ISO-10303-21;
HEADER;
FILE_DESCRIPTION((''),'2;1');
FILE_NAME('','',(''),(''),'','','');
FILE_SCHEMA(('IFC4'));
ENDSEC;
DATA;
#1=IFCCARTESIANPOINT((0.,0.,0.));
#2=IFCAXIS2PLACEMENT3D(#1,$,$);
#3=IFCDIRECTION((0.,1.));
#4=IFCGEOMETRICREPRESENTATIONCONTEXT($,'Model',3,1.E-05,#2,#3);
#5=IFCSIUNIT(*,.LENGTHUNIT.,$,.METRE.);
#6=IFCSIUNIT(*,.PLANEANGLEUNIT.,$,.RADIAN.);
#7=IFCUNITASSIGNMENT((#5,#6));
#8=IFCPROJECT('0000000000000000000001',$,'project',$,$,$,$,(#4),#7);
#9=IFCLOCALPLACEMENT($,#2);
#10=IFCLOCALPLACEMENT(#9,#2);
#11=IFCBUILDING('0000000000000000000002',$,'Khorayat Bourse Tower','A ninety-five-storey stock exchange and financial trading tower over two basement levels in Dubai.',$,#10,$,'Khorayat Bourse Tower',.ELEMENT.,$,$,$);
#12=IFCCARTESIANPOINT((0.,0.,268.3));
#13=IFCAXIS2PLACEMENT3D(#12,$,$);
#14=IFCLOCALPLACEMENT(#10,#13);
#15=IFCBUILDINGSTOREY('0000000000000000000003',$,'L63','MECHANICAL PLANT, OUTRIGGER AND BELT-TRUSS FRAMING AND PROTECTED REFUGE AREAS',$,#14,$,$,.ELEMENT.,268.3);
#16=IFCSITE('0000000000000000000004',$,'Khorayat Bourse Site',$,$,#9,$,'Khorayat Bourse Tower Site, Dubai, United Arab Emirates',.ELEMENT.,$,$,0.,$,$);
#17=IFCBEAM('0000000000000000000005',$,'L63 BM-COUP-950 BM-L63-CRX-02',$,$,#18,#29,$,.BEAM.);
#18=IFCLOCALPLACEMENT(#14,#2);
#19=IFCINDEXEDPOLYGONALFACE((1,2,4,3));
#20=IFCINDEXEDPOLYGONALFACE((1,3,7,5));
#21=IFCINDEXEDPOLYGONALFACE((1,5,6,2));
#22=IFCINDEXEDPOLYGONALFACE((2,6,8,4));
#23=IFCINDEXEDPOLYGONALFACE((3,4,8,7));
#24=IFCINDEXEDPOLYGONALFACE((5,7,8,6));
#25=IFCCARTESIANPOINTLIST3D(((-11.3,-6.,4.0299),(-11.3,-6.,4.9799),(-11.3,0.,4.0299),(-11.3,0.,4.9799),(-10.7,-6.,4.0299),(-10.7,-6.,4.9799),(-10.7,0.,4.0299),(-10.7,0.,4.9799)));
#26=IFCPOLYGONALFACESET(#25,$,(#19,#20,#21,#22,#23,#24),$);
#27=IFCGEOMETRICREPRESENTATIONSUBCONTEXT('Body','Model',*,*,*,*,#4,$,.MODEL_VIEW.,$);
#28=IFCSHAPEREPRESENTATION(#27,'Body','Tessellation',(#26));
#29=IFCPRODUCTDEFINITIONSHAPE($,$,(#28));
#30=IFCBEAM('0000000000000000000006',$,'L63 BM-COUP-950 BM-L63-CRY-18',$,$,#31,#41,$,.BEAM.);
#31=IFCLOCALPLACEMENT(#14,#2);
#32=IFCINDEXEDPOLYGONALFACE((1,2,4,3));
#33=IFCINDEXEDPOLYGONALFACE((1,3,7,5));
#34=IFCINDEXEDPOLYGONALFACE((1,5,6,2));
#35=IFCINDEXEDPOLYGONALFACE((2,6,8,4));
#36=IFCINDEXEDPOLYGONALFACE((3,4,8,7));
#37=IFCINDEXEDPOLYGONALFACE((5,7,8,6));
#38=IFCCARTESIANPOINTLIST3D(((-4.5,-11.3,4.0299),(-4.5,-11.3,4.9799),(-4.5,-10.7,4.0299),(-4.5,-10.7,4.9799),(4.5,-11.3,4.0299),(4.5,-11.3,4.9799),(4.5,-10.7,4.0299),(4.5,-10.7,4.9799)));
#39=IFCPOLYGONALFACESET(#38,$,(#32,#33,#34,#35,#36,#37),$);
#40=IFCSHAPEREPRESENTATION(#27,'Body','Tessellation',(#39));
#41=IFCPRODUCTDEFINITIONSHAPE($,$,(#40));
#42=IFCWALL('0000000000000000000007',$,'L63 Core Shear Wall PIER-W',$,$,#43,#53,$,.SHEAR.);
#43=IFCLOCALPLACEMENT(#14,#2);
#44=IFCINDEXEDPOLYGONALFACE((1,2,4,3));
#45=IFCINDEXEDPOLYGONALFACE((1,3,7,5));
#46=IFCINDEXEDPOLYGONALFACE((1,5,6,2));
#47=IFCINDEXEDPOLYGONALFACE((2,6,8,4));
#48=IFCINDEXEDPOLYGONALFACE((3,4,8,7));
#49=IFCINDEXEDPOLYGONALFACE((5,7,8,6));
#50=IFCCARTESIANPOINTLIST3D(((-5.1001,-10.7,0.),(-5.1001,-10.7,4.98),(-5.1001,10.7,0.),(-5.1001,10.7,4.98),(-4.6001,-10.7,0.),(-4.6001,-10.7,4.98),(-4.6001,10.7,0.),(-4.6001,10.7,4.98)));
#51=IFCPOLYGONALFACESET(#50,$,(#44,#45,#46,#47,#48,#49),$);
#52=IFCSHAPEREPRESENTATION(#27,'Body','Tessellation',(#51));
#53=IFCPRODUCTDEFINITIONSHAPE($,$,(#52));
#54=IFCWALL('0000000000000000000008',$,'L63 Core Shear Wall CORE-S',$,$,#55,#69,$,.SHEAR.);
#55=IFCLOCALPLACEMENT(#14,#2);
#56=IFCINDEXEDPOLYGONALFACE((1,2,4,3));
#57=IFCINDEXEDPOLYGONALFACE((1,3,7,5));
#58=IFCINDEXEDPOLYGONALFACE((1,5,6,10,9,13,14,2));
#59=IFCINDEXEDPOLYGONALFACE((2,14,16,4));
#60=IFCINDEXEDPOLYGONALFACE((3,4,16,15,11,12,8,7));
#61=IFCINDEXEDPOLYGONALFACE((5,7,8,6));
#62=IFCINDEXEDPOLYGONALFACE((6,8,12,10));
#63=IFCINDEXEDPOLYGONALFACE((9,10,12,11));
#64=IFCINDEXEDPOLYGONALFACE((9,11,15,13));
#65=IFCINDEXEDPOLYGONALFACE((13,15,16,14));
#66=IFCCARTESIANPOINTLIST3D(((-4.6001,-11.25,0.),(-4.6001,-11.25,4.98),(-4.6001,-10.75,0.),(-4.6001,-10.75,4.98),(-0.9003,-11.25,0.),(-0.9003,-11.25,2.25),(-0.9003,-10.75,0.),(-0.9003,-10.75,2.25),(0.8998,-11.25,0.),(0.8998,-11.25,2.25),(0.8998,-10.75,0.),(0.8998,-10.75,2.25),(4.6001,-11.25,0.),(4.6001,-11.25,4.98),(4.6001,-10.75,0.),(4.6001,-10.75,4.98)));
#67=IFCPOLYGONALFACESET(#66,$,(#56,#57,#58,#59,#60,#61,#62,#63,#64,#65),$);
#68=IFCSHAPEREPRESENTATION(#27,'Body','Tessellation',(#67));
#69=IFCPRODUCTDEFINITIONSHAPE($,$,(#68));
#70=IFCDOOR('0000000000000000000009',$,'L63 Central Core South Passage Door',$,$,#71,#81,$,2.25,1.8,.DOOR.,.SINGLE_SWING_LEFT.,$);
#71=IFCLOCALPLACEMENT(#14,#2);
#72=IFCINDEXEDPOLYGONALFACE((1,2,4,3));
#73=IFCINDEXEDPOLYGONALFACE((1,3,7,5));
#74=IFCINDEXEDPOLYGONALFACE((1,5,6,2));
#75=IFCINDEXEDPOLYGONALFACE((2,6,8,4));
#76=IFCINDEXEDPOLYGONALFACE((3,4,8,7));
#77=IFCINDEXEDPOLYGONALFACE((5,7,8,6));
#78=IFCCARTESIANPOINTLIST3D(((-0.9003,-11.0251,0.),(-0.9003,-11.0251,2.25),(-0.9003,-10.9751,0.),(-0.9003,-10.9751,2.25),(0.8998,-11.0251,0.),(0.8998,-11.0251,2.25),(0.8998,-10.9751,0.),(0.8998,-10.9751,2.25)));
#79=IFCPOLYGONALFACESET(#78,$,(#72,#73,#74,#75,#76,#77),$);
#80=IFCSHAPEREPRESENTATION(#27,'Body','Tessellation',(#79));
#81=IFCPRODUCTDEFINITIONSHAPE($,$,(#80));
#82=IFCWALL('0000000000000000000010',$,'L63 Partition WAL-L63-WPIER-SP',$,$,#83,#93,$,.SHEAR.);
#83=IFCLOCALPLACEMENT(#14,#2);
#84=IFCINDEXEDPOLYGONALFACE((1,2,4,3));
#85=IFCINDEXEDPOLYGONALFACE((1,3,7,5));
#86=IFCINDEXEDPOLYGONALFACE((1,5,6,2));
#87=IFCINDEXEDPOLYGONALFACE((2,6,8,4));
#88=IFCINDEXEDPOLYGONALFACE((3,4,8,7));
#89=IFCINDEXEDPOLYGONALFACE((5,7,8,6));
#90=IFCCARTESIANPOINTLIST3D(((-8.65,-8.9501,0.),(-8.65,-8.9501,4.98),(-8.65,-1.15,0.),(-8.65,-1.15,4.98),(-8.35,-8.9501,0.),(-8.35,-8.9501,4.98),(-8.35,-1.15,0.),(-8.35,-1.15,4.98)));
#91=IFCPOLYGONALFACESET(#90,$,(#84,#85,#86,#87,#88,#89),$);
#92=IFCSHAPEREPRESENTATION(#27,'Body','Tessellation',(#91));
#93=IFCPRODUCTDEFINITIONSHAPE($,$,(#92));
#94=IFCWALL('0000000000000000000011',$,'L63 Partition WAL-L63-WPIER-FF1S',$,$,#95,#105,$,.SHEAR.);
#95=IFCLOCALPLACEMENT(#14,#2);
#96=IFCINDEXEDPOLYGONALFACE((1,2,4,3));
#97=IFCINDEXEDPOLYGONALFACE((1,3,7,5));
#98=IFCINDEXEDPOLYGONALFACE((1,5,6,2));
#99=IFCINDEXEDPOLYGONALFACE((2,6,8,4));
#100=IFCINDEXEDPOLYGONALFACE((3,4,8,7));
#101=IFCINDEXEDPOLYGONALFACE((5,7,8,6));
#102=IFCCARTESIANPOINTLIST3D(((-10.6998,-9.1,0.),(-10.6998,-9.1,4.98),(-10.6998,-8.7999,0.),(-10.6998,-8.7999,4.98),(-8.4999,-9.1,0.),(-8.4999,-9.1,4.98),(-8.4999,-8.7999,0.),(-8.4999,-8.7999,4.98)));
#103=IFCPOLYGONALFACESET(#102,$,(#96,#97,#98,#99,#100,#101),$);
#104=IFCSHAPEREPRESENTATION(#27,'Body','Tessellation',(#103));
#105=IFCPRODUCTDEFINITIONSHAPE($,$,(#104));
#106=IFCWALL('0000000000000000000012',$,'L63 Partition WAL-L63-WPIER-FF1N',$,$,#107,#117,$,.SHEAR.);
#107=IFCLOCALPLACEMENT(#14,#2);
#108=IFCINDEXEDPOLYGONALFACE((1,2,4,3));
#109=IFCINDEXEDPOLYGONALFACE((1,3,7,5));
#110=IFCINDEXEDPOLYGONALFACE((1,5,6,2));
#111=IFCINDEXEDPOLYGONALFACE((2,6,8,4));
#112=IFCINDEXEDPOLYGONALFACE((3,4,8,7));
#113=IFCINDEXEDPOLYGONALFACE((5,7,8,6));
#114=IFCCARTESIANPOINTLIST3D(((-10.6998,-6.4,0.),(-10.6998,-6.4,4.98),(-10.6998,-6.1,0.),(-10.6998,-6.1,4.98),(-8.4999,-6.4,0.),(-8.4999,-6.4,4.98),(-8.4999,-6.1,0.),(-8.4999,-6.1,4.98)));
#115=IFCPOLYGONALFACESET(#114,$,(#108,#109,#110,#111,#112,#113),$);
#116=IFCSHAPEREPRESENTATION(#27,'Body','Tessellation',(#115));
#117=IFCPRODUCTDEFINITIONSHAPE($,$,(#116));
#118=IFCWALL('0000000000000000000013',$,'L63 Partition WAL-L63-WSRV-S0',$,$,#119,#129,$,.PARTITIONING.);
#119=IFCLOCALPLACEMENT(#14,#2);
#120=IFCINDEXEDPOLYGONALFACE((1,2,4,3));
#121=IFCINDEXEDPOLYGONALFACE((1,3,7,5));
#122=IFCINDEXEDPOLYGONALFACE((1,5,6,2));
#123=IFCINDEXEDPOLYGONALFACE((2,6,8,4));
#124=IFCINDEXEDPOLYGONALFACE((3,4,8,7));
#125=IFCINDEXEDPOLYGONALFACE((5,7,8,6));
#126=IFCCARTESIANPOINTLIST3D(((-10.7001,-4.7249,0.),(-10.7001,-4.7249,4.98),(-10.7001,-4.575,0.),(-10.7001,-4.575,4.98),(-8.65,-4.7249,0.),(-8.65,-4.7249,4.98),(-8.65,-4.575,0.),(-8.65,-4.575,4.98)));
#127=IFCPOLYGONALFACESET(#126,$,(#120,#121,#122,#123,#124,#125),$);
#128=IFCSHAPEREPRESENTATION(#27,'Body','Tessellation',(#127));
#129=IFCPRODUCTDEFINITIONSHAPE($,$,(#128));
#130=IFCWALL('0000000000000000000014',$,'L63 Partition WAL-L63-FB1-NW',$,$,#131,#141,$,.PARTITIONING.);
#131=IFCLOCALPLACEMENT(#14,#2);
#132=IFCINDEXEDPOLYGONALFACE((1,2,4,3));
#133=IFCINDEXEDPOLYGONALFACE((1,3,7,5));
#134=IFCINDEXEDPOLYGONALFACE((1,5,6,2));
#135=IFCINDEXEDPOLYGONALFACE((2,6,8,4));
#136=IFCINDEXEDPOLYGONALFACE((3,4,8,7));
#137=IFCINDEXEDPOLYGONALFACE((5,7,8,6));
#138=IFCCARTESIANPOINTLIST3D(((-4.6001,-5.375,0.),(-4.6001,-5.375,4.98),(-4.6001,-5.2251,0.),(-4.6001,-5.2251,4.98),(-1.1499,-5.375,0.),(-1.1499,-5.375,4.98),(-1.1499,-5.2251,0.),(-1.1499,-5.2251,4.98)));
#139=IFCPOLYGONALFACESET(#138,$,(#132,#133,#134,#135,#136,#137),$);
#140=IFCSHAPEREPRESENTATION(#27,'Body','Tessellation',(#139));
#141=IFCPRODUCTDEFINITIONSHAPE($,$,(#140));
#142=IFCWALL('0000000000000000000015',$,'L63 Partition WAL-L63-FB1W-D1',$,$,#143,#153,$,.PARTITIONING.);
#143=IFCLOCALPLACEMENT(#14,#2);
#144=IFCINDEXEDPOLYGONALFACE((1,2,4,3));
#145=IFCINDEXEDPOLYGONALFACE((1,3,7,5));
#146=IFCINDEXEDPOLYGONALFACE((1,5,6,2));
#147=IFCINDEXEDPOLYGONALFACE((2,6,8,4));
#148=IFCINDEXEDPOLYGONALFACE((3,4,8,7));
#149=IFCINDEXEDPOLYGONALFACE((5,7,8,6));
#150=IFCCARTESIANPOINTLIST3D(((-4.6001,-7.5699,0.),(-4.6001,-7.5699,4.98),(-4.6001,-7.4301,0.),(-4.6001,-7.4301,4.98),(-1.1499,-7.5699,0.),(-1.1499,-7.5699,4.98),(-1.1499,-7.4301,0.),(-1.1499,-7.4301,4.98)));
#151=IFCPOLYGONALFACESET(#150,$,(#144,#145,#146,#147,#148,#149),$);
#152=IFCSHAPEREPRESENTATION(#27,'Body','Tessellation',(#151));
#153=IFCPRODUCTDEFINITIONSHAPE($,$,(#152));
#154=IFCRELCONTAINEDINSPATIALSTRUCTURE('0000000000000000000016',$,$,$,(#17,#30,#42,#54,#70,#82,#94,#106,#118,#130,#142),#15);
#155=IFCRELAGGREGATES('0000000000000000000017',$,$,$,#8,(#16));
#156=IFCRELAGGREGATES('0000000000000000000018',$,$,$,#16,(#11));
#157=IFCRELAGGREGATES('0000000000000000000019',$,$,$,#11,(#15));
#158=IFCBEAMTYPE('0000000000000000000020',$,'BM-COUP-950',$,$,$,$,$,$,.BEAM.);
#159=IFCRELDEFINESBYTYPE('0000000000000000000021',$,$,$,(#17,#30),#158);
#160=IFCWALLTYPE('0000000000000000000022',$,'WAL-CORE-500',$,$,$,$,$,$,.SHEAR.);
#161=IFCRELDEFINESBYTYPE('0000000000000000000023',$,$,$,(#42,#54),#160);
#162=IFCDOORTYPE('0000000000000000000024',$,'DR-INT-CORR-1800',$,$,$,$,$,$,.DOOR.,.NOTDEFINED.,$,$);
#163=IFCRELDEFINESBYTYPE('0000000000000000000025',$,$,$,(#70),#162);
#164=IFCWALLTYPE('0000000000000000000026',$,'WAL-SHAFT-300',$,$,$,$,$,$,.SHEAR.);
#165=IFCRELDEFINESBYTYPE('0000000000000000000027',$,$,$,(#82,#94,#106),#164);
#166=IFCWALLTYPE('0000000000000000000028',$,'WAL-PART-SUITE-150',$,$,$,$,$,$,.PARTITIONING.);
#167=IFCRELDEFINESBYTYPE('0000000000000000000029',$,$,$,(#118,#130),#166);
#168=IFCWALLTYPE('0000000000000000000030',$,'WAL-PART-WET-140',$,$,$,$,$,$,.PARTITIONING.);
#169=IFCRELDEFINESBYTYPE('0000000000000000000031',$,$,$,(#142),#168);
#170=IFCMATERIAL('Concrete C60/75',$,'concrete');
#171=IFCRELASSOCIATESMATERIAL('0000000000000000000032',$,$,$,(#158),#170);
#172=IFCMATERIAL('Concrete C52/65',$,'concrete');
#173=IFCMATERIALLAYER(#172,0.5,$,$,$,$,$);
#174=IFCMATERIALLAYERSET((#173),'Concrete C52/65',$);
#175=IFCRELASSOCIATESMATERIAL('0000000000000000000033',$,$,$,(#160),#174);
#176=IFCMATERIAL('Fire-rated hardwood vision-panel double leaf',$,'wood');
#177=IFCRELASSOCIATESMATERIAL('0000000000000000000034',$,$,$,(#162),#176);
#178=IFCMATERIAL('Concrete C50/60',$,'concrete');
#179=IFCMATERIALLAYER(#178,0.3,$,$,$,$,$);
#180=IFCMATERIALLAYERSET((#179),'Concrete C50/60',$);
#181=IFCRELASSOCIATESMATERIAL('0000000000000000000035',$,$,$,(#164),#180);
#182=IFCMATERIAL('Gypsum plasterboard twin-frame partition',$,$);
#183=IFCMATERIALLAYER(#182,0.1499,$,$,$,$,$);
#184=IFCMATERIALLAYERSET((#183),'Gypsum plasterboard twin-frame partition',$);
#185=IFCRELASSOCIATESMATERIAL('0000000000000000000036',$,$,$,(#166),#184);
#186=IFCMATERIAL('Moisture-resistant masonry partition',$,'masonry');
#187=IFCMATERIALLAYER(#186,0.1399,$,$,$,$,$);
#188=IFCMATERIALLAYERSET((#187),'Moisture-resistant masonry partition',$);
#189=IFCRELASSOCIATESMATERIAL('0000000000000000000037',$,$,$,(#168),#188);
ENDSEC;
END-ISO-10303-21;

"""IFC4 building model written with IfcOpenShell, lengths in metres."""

from ifc_helpers import new_model, si_unit, direction, frame, frame_2d, origin, origin_2d, place, context, subcontext, project, spatial, rectangle, extrude, source, transform, mapped, material, layer, layer_set, material_profile, profile_set, type_object, element, fill, save


model = new_model("IFC4")

# Units and contexts
model_context = context("Model", 3, precision=1e-05, world=origin(), true_north=direction((0.0, 1.0)))
body_context = subcontext(model_context, "Body", "Model", "MODEL_VIEW")
ifc_project = project(units=[si_unit("LENGTHUNIT", "METRE"), si_unit("PLANEANGLEUNIT", "RADIAN")], contexts=[model_context])

# Site, building, storey
site_placement = place(None, origin())
site = spatial("IfcSite", under=ifc_project, at=site_placement, Name="Khorayat Bourse Site", LongName="Khorayat Bourse Tower Site, Dubai, United Arab Emirates", CompositionType="ELEMENT", RefElevation=0.0)
building_placement = place(site_placement, origin())
building = spatial("IfcBuilding", under=site, at=building_placement, Name="Khorayat Bourse Tower", Description="A ninety-five-storey stock exchange and financial trading tower over two basement levels in Dubai.", LongName="Khorayat Bourse Tower", CompositionType="ELEMENT")
storey_placement = place(building_placement, frame((0.0, 0.0, 268.3)))
storey = spatial("IfcBuildingStorey", under=building, at=storey_placement, Name="L63", Description="MECHANICAL PLANT, OUTRIGGER AND BELT-TRUSS FRAMING AND PROTECTED REFUGE AREAS", CompositionType="ELEMENT", Elevation=268.3)

# Shared definitions
ifc_material_1 = material(Name="Concrete C52/65", Category="concrete")

# Beams
ifc_material_2 = material(Name="Concrete C60/75", Category="concrete")
ifc_material_profile_1 = material_profile(ifc_material_2, rectangle(XDim=0.6001, YDim=0.95, at=origin_2d()), Name="RC 600x950")
ifc_profile_set_1 = profile_set([ifc_material_profile_1], Name="Concrete C60/75")
beam_type_1 = type_object("IfcBeamType", Name="BM-COUP-950", PredefinedType="BEAM", material=ifc_profile_set_1)
shared_shape_1 = source(origin(), body_context, "Body", "SweptSolid", [
    extrude(rectangle(XDim=0.6001, YDim=0.95, at=origin_2d()), origin(), (0.0, 0.0, 1.0), 6.0),
])
beam_1_placement = place(storey_placement, frame((-11.0, -6.0, 4.5049), z_axis=(0.0, 1.0, 0.0), x_axis=(-1.0, 0.0, 0.0)))
element("IfcBeam", 1, at=beam_1_placement, inside=storey, type_object=beam_type_1, Name="L63 BM-COUP-950 BM-L63-CRX-02", PredefinedType="BEAM", context=body_context, shape_type="MappedRepresentation", body=[
    mapped(shared_shape_1, transform((0.0, 0.0, 0.0), scale=1.0)),
])
shared_shape_2 = source(origin(), body_context, "Body", "SweptSolid", [
    extrude(rectangle(XDim=0.6001, YDim=0.95, at=origin_2d()), origin(), (0.0, 0.0, 1.0), 9.0),
])
beam_2_placement = place(storey_placement, frame((-4.5, -11.0, 4.5049), z_axis=(1.0, 0.0, 0.0), x_axis=(0.0, 1.0, 0.0)))
element("IfcBeam", 2, at=beam_2_placement, inside=storey, type_object=beam_type_1, Name="L63 BM-COUP-950 BM-L63-CRY-18", PredefinedType="BEAM", context=body_context, shape_type="MappedRepresentation", body=[
    mapped(shared_shape_2, transform((0.0, 0.0, 0.0), scale=1.0)),
])

# Wall
ifc_layer_1 = layer(ifc_material_1, 0.5)
ifc_layer_set_1 = layer_set([ifc_layer_1], Name="Concrete C52/65")
wall_type_1 = type_object("IfcWallType", Name="WAL-CORE-500", PredefinedType="SHEAR", material=ifc_layer_set_1)
shared_shape_3 = source(origin(), body_context, "Body", "SweptSolid", [
    extrude(rectangle(XDim=21.3999, YDim=0.5, at=frame_2d((10.7, 0.0))), origin(), (0.0, 0.0, 1.0), 4.98),
])
wall_1_placement = place(storey_placement, frame((-4.8501, -10.7, 0.0), z_axis=(0.0, 0.0, 1.0), x_axis=(0.0, 1.0, 0.0)))
element("IfcWall", 3, at=wall_1_placement, inside=storey, type_object=wall_type_1, Name="L63 Core Shear Wall PIER-W", PredefinedType="SHEAR", context=body_context, shape_type="MappedRepresentation", body=[
    mapped(shared_shape_3, transform((0.0, 0.0, 0.0), scale=1.0)),
])

# Wall, opening, door
shared_shape_4 = source(origin(), body_context, "Body", "SweptSolid", [
    extrude(rectangle(XDim=9.2002, YDim=0.5, at=frame_2d((4.6001, 0.0))), origin(), (0.0, 0.0, 1.0), 4.98),
])
wall_2_placement = place(storey_placement, frame((-4.6001, -11.0, 0.0), z_axis=(0.0, 0.0, 1.0), x_axis=(1.0, 0.0, 0.0)))
wall_2 = element("IfcWall", 4, at=wall_2_placement, inside=storey, type_object=wall_type_1, Name="L63 Core Shear Wall CORE-S", PredefinedType="SHEAR", context=body_context, shape_type="MappedRepresentation", body=[
    mapped(shared_shape_4, transform((0.0, 0.0, 0.0), scale=1.0)),
])
shared_shape_5 = source(origin(), body_context, "Body", "SweptSolid", [
    extrude(rectangle(XDim=1.8, YDim=2.25, at=frame_2d((0.8999, 1.125))), frame((0.0, 0.26, 0.0), z_axis=(0.0, -1.0, 0.0), x_axis=(1.0, 0.0, 0.0)), (0.0, 0.0, 1.0), 0.52),
])
opening_placement = place(wall_2_placement, frame((3.7, 0.0, 0.0)))
opening = element("IfcOpeningElement", 5, at=opening_placement, cuts=wall_2, PredefinedType="OPENING", context=body_context, shape_type="MappedRepresentation", body=[
    mapped(shared_shape_5, transform((0.0, 0.0, 0.0), scale=1.0)),
])
ifc_material_3 = material(Name="Fire-rated hardwood vision-panel double leaf", Category="wood")
door_type = type_object("IfcDoorType", Name="DR-INT-CORR-1800", OperationType="NOTDEFINED", PredefinedType="DOOR", material=ifc_material_3)
shared_shape_6 = source(origin(), body_context, "Body", "SweptSolid", [
    extrude(rectangle(XDim=1.8, YDim=2.25, at=frame_2d((0.8999, 1.125))), frame((0.0, 0.0249, 0.0), z_axis=(0.0, -1.0, 0.0), x_axis=(1.0, 0.0, 0.0)), (0.0, 0.0, 1.0), 0.05),
])
door_placement = place(opening_placement, origin())
door = element("IfcDoor", 6, at=door_placement, inside=storey, type_object=door_type, Name="L63 Central Core South Passage Door", OperationType="SINGLE_SWING_LEFT", OverallHeight=2.25, OverallWidth=1.8, PredefinedType="DOOR", context=body_context, shape_type="MappedRepresentation", body=[
    mapped(shared_shape_6, transform((0.0, 0.0, 0.0), scale=1.0)),
])
fill(opening, door)

# Walls
ifc_material_4 = material(Name="Concrete C50/60", Category="concrete")
ifc_layer_2 = layer(ifc_material_4, 0.3)
ifc_layer_set_2 = layer_set([ifc_layer_2], Name="Concrete C50/60")
wall_type_2 = type_object("IfcWallType", Name="WAL-SHAFT-300", PredefinedType="SHEAR", material=ifc_layer_set_2)
shared_shape_7 = source(origin(), body_context, "Body", "SweptSolid", [
    extrude(rectangle(XDim=7.8, YDim=0.3, at=frame_2d((3.8999, 0.0))), origin(), (0.0, 0.0, 1.0), 4.98),
])
wall_3_placement = place(storey_placement, frame((-8.5, -8.95, 0.0), z_axis=(0.0, 0.0, 1.0), x_axis=(0.0, 1.0, 0.0)))
element("IfcWall", 7, at=wall_3_placement, inside=storey, type_object=wall_type_2, Name="L63 Partition WAL-L63-WPIER-SP", PredefinedType="SHEAR", context=body_context, shape_type="MappedRepresentation", body=[
    mapped(shared_shape_7, transform((0.0, 0.0, 0.0), scale=1.0)),
])
shared_shape_8 = source(origin(), body_context, "Body", "SweptSolid", [
    extrude(rectangle(XDim=2.2, YDim=0.3, at=frame_2d((1.1001, 0.0))), origin(), (0.0, 0.0, 1.0), 4.98),
])
for number, where, z_axis, x_axis, name in (
    (8, (-10.7, -8.95, 0.0), (0.0, 0.0, 1.0), (1.0, 0.0, 0.0), "L63 Partition WAL-L63-WPIER-FF1S"),
    (9, (-10.7, -6.25, 0.0), (0.0, 0.0, 1.0), (1.0, 0.0, 0.0), "L63 Partition WAL-L63-WPIER-FF1N"),
):
    element("IfcWall", number, at=place(storey_placement, frame(where, z_axis=z_axis, x_axis=x_axis)), inside=storey, type_object=wall_type_2, Name=name, PredefinedType="SHEAR", context=body_context, shape_type="MappedRepresentation", body=[
        mapped(shared_shape_8, transform((0.0, 0.0, 0.0), scale=1.0)),
    ])
ifc_material_5 = material(Name="Gypsum plasterboard twin-frame partition")
ifc_layer_3 = layer(ifc_material_5, 0.1499)
ifc_layer_set_3 = layer_set([ifc_layer_3], Name="Gypsum plasterboard twin-frame partition")
wall_type_3 = type_object("IfcWallType", Name="WAL-PART-SUITE-150", PredefinedType="PARTITIONING", material=ifc_layer_set_3)
shared_shape_9 = source(origin(), body_context, "Body", "SweptSolid", [
    extrude(rectangle(XDim=2.05, YDim=0.1499, at=frame_2d((1.0249, 0.0))), origin(), (0.0, 0.0, 1.0), 4.98),
])
wall_4_placement = place(storey_placement, frame((-10.7, -4.6499, 0.0), z_axis=(0.0, 0.0, 1.0), x_axis=(1.0, 0.0, 0.0)))
element("IfcWall", 10, at=wall_4_placement, inside=storey, type_object=wall_type_3, Name="L63 Partition WAL-L63-WSRV-S0", PredefinedType="PARTITIONING", context=body_context, shape_type="MappedRepresentation", body=[
    mapped(shared_shape_9, transform((0.0, 0.0, 0.0), scale=1.0)),
])
shared_shape_10 = source(origin(), body_context, "Body", "SweptSolid", [
    extrude(rectangle(XDim=3.4502, YDim=0.1499, at=frame_2d((1.7251, 0.0))), origin(), (0.0, 0.0, 1.0), 4.98),
])
wall_5_placement = place(storey_placement, frame((-4.6001, -5.3, 0.0), z_axis=(0.0, 0.0, 1.0), x_axis=(1.0, 0.0, 0.0)))
element("IfcWall", 11, at=wall_5_placement, inside=storey, type_object=wall_type_3, Name="L63 Partition WAL-L63-FB1-NW", PredefinedType="PARTITIONING", context=body_context, shape_type="MappedRepresentation", body=[
    mapped(shared_shape_10, transform((0.0, 0.0, 0.0), scale=1.0)),
])
ifc_material_6 = material(Name="Moisture-resistant masonry partition", Category="masonry")
ifc_layer_4 = layer(ifc_material_6, 0.1399)
ifc_layer_set_4 = layer_set([ifc_layer_4], Name="Moisture-resistant masonry partition")
wall_type_4 = type_object("IfcWallType", Name="WAL-PART-WET-140", PredefinedType="PARTITIONING", material=ifc_layer_set_4)
shared_shape_11 = source(origin(), body_context, "Body", "SweptSolid", [
    extrude(rectangle(XDim=3.4502, YDim=0.1399, at=frame_2d((1.7251, 0.0))), origin(), (0.0, 0.0, 1.0), 4.98),
])
wall_6_placement = place(storey_placement, frame((-4.6001, -7.5, 0.0), z_axis=(0.0, 0.0, 1.0), x_axis=(1.0, 0.0, 0.0)))
element("IfcWall", 12, at=wall_6_placement, inside=storey, type_object=wall_type_4, Name="L63 Partition WAL-L63-FB1W-D1", PredefinedType="PARTITIONING", context=body_context, shape_type="MappedRepresentation", body=[
    mapped(shared_shape_11, transform((0.0, 0.0, 0.0), scale=1.0)),
])

save(model, "model.ifc")
